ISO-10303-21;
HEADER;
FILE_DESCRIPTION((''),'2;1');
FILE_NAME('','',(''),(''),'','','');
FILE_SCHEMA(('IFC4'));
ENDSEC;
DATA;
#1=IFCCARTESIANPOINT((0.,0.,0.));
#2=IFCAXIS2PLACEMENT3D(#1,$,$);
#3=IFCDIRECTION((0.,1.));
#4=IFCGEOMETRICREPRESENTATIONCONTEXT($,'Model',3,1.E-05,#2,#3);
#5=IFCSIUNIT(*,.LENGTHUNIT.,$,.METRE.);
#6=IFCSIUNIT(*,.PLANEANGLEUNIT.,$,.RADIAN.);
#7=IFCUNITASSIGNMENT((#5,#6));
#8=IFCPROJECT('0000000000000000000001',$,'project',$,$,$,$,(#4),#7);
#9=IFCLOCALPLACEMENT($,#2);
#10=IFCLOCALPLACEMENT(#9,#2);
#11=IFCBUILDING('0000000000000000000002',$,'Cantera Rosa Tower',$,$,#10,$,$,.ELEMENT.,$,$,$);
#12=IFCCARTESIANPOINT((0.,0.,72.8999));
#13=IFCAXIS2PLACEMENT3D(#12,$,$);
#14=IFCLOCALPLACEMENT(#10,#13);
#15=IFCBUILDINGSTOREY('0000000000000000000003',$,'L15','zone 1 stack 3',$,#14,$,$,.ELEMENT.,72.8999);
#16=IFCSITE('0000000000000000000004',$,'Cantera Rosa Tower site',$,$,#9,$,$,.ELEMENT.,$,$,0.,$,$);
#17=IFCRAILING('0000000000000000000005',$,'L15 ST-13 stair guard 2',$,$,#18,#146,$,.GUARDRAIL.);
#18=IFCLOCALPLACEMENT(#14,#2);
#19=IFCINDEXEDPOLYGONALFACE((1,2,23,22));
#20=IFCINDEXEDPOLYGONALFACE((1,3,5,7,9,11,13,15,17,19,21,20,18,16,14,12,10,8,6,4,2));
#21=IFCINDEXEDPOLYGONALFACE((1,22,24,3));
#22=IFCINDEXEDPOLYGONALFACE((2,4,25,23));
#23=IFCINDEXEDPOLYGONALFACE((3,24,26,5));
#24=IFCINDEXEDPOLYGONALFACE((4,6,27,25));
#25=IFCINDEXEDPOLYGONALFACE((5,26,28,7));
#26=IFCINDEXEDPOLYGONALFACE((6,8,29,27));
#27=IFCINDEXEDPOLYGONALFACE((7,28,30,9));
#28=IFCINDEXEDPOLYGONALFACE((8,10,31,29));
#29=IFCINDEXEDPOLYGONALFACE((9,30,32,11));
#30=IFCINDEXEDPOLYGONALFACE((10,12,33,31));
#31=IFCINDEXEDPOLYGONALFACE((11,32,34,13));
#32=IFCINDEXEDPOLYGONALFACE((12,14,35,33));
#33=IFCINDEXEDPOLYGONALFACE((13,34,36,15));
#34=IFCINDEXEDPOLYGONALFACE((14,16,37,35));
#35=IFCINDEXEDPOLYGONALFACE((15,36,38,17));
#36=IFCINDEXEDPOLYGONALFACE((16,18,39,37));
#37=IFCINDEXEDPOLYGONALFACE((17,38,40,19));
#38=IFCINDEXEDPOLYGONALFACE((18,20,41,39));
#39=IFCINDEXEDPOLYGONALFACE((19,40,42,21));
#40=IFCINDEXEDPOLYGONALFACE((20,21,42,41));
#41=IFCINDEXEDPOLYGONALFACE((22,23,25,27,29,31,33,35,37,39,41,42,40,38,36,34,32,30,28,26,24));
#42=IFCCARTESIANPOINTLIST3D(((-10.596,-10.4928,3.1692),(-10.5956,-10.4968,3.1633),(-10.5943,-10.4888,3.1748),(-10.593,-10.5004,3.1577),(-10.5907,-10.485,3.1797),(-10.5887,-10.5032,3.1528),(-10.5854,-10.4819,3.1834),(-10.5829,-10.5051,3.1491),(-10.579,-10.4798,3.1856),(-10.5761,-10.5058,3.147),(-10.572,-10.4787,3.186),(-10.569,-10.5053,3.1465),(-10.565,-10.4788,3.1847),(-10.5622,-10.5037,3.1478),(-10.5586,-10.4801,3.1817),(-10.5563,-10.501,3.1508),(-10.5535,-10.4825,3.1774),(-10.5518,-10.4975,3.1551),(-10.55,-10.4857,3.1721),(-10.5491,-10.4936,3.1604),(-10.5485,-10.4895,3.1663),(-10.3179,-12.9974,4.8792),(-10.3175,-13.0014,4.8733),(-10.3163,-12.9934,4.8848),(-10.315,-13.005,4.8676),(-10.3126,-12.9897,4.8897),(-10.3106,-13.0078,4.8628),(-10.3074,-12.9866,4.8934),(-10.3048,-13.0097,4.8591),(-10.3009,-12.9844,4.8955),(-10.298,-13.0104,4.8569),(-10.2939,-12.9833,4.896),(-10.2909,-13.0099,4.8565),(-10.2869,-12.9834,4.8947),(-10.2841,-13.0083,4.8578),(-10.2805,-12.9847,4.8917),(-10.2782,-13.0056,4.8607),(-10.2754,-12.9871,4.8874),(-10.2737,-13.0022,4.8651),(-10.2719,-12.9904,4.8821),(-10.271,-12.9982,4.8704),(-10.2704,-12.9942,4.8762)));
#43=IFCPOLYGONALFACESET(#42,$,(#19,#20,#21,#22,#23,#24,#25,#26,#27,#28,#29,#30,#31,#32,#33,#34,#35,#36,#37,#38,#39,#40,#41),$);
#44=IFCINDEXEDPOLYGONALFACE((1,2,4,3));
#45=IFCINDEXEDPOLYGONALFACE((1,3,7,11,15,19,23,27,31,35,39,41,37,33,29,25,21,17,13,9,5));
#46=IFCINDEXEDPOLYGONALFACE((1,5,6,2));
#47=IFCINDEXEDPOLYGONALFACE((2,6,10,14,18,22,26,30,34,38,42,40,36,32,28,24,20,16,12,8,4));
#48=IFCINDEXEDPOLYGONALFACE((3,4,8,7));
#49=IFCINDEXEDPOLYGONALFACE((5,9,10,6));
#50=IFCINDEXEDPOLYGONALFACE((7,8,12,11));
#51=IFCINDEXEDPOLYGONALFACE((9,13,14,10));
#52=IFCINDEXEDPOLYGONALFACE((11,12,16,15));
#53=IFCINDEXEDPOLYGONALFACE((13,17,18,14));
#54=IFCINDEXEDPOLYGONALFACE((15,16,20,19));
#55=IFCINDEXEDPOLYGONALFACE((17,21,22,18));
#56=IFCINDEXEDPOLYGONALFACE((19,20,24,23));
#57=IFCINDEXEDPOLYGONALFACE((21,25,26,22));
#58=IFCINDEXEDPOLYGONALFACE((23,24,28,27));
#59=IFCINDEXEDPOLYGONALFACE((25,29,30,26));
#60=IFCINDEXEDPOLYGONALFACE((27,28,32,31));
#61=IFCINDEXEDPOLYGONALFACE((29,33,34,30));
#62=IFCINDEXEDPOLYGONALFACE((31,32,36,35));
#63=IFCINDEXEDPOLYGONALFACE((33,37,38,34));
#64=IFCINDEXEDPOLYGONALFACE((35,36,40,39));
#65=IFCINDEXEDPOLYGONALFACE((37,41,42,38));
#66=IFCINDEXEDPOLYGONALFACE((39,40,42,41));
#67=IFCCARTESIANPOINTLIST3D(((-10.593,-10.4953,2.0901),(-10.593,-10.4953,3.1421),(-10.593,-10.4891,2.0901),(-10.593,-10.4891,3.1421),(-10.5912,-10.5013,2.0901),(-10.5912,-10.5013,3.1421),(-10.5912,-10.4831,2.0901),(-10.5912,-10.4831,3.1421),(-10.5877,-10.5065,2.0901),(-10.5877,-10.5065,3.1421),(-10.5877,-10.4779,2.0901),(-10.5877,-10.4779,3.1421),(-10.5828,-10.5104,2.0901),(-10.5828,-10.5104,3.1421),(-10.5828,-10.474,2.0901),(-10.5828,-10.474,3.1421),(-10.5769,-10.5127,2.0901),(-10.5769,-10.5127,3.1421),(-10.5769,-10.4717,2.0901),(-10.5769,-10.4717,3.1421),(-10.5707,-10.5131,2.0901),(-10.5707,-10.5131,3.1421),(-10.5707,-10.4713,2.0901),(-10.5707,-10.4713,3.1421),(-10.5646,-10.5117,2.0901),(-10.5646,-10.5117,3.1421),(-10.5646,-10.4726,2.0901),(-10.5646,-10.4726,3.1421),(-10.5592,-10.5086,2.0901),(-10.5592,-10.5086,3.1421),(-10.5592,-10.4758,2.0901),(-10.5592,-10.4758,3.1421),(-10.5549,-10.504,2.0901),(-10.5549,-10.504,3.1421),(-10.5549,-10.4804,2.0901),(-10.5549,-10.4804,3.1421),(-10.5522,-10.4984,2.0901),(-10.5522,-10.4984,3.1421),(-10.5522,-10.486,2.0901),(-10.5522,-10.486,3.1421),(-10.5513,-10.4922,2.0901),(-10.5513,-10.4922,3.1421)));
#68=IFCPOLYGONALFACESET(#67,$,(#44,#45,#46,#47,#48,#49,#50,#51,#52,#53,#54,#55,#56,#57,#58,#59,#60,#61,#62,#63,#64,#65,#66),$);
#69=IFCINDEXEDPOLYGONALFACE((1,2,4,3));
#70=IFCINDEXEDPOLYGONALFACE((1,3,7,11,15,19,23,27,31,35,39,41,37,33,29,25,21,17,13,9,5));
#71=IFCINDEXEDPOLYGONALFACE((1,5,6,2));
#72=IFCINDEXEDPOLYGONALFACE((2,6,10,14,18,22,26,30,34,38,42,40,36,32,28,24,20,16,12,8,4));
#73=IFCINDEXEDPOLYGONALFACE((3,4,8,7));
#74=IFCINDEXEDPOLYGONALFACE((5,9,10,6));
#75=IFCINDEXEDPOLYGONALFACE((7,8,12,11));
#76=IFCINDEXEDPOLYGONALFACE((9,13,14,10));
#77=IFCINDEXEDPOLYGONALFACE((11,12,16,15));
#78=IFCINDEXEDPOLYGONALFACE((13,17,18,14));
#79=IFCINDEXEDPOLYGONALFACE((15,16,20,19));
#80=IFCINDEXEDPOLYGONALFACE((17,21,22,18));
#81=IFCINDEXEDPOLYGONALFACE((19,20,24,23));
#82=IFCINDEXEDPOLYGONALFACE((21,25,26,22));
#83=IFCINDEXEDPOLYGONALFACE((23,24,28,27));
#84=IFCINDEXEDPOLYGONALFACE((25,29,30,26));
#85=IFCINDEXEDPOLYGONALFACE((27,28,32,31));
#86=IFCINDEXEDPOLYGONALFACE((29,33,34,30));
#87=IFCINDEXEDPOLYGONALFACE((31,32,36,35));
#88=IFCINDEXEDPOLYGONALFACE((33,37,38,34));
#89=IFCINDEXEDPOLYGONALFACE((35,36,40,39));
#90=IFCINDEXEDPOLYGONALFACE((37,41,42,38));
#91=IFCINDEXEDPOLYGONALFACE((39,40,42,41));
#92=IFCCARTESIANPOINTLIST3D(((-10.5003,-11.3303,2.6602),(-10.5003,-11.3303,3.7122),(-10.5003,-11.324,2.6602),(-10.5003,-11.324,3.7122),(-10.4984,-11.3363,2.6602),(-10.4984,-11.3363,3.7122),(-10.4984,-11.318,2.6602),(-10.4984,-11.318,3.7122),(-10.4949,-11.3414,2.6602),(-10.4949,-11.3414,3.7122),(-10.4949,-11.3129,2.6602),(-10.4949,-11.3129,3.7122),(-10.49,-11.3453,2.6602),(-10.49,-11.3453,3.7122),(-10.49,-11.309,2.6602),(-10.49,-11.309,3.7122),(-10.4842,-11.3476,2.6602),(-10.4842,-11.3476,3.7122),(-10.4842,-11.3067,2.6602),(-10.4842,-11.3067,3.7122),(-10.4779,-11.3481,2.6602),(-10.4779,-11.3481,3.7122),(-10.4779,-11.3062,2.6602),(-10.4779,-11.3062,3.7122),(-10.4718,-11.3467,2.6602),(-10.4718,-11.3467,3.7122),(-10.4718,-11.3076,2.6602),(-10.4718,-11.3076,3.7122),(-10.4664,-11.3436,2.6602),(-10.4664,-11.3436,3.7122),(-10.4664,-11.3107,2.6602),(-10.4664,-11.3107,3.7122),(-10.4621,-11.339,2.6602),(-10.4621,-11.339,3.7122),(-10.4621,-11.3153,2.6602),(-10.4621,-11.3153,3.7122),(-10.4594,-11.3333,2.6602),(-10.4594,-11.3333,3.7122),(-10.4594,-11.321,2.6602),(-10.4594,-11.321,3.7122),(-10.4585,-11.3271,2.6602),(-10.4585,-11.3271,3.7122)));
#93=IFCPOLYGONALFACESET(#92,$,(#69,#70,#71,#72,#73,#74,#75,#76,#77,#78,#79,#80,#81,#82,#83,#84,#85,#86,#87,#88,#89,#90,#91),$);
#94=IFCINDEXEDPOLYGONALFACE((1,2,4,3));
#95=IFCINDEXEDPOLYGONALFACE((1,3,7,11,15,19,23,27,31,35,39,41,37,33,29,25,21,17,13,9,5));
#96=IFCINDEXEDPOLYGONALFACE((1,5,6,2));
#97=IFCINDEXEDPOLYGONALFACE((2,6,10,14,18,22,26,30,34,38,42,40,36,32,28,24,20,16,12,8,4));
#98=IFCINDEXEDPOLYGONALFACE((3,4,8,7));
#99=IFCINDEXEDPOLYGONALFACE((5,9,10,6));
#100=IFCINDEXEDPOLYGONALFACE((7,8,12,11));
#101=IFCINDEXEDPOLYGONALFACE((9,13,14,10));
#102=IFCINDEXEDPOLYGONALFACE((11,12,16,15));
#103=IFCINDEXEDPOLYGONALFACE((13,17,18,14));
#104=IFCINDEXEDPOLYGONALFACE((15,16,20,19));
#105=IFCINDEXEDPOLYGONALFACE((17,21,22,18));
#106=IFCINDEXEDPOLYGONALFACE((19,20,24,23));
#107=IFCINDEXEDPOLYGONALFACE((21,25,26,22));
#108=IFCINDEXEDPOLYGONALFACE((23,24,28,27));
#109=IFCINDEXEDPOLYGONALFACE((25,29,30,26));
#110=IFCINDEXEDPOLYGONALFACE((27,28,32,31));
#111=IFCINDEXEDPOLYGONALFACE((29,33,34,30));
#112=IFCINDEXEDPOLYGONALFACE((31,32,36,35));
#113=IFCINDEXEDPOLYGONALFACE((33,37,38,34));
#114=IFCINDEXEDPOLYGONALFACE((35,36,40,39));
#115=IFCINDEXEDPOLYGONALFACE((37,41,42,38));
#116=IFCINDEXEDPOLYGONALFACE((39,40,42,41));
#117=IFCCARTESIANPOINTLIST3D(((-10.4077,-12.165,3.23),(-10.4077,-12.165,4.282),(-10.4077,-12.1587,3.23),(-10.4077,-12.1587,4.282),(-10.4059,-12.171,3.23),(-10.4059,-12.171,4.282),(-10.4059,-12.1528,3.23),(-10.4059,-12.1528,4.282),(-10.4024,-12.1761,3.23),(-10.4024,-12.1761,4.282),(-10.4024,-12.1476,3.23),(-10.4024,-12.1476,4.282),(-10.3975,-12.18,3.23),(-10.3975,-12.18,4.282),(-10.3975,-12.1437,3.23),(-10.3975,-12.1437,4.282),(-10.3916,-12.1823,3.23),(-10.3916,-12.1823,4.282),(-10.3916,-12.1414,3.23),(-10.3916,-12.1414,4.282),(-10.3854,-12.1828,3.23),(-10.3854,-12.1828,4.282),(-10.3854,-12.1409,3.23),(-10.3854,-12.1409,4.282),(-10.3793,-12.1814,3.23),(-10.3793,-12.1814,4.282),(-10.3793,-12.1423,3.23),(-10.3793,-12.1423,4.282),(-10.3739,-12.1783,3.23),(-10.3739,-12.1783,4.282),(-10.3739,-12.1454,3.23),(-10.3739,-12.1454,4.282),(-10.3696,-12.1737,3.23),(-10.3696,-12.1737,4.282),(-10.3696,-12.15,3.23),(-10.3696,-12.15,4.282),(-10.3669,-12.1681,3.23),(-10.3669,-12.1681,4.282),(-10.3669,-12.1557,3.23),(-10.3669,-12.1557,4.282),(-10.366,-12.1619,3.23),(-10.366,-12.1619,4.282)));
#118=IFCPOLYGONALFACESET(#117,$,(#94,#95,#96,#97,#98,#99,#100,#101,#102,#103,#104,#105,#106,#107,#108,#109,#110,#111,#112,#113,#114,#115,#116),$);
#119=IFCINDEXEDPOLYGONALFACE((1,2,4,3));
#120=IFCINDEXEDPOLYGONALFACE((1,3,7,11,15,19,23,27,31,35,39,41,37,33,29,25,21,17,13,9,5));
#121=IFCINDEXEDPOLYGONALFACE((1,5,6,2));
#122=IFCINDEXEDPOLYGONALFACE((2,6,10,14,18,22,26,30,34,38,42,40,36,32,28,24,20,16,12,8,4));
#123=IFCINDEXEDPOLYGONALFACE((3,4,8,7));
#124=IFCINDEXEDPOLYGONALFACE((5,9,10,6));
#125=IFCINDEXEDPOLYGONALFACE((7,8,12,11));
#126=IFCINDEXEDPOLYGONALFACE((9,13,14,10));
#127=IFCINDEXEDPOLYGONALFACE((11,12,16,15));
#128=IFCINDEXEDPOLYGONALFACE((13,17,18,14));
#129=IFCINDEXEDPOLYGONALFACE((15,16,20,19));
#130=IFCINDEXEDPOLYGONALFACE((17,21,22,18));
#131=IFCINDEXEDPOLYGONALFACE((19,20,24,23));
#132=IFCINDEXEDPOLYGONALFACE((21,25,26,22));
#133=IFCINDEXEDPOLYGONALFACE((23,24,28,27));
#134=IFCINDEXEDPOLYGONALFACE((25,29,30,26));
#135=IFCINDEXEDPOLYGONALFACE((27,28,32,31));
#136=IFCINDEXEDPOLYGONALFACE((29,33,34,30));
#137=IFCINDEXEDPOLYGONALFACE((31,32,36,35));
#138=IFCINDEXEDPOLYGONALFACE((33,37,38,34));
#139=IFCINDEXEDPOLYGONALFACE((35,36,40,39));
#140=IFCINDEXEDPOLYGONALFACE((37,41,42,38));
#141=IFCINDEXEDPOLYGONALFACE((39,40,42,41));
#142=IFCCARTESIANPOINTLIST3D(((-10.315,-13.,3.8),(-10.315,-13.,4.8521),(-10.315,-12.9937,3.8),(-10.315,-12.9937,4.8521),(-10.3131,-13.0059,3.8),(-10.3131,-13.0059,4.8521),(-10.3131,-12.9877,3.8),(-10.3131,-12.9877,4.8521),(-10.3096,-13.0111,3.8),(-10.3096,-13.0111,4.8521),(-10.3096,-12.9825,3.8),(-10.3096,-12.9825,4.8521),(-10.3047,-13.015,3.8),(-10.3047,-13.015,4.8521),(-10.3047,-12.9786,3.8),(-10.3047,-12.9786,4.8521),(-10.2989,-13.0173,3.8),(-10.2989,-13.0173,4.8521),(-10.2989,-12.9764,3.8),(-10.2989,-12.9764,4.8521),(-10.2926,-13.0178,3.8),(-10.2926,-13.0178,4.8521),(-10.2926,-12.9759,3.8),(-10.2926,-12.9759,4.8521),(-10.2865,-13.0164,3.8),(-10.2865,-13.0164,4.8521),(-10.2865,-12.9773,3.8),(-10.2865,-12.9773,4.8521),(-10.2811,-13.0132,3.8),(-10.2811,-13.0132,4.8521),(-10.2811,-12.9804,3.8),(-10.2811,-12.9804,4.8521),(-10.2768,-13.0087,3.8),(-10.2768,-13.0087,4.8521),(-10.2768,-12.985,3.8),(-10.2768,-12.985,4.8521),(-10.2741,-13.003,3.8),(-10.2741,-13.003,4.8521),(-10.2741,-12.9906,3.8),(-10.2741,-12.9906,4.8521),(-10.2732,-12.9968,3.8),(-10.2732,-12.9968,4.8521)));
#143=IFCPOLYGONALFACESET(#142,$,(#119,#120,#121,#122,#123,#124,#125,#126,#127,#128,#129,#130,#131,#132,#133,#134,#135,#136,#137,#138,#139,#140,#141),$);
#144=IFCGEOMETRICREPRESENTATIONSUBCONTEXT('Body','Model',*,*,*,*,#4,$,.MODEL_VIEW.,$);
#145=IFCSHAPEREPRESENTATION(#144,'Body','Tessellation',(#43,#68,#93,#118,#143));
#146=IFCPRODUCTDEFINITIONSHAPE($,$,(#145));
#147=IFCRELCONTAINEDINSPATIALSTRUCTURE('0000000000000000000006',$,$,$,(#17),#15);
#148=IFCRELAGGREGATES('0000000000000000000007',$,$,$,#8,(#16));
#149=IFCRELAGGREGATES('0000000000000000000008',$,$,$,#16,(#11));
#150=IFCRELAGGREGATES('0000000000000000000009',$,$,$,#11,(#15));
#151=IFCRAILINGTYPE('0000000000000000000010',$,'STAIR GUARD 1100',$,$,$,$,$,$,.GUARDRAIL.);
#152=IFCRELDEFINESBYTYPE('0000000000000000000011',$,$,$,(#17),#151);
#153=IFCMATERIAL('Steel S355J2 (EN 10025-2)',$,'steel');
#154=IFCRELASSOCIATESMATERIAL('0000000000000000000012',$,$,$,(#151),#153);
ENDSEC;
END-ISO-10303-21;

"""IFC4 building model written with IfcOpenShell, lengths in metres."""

from ifc_helpers import new_model, si_unit, direction, frame, origin, origin_2d, place, context, subcontext, project, spatial, circle, extrude, material, type_object, element, save


model = new_model("IFC4")

# Units and contexts
model_context = context("Model", 3, precision=1e-05, world=origin(), true_north=direction((0.0, 1.0)))
body_context = subcontext(model_context, "Body", "Model", "MODEL_VIEW")
ifc_project = project(units=[si_unit("LENGTHUNIT", "METRE"), si_unit("PLANEANGLEUNIT", "RADIAN")], contexts=[model_context])

# Site, building, storey
site_placement = place(None, origin())
site = spatial("IfcSite", under=ifc_project, at=site_placement, Name="Cantera Rosa Tower site", CompositionType="ELEMENT", RefElevation=0.0)
building_placement = place(site_placement, origin())
building = spatial("IfcBuilding", under=site, at=building_placement, Name="Cantera Rosa Tower", CompositionType="ELEMENT")
storey_placement = place(building_placement, frame((0.0, 0.0, 72.8999)))
storey = spatial("IfcBuildingStorey", under=building, at=storey_placement, Name="L15", Description="zone 1 stack 3", CompositionType="ELEMENT", Elevation=72.8999)

# Railing
ifc_material_1 = material(Name="Steel S355J2 (EN 10025-2)", Category="steel")
railing_type = type_object("IfcRailingType", Name="STAIR GUARD 1100", PredefinedType="GUARDRAIL", material=ifc_material_1)
railing_1_placement = place(storey_placement, frame((-10.5723, -10.4922, 2.0901)))
element("IfcRailing", 1, at=railing_1_placement, inside=storey, type_object=railing_type, Name="L15 ST-13 stair guard 2", PredefinedType="GUARDRAIL", context=body_context, shape_type="SweptSolid", body=[
    extrude(circle(Radius=0.0239, at=origin_2d()), frame((0.0, 0.0, 1.0762), z_axis=(0.09131, -0.822431, 0.561488), x_axis=(0.993893, 0.110346, 0.0)), (0.0, 0.0, 1.0), 3.0454),
    extrude(circle(Radius=0.021, at=origin_2d()), origin(), (0.0, 0.0, 1.0), 1.052),
    extrude(circle(Radius=0.021, at=origin_2d()), frame((0.0928, -0.835, 0.5701)), (0.0, 0.0, 1.0), 1.052),
    extrude(circle(Radius=0.021, at=origin_2d()), frame((0.1853, -1.6697, 1.1399)), (0.0, 0.0, 1.0), 1.052),
    extrude(circle(Radius=0.021, at=origin_2d()), frame((0.2781, -2.5046, 1.71)), (0.0, 0.0, 1.0), 1.052),
])

save(model, "model.ifc")
